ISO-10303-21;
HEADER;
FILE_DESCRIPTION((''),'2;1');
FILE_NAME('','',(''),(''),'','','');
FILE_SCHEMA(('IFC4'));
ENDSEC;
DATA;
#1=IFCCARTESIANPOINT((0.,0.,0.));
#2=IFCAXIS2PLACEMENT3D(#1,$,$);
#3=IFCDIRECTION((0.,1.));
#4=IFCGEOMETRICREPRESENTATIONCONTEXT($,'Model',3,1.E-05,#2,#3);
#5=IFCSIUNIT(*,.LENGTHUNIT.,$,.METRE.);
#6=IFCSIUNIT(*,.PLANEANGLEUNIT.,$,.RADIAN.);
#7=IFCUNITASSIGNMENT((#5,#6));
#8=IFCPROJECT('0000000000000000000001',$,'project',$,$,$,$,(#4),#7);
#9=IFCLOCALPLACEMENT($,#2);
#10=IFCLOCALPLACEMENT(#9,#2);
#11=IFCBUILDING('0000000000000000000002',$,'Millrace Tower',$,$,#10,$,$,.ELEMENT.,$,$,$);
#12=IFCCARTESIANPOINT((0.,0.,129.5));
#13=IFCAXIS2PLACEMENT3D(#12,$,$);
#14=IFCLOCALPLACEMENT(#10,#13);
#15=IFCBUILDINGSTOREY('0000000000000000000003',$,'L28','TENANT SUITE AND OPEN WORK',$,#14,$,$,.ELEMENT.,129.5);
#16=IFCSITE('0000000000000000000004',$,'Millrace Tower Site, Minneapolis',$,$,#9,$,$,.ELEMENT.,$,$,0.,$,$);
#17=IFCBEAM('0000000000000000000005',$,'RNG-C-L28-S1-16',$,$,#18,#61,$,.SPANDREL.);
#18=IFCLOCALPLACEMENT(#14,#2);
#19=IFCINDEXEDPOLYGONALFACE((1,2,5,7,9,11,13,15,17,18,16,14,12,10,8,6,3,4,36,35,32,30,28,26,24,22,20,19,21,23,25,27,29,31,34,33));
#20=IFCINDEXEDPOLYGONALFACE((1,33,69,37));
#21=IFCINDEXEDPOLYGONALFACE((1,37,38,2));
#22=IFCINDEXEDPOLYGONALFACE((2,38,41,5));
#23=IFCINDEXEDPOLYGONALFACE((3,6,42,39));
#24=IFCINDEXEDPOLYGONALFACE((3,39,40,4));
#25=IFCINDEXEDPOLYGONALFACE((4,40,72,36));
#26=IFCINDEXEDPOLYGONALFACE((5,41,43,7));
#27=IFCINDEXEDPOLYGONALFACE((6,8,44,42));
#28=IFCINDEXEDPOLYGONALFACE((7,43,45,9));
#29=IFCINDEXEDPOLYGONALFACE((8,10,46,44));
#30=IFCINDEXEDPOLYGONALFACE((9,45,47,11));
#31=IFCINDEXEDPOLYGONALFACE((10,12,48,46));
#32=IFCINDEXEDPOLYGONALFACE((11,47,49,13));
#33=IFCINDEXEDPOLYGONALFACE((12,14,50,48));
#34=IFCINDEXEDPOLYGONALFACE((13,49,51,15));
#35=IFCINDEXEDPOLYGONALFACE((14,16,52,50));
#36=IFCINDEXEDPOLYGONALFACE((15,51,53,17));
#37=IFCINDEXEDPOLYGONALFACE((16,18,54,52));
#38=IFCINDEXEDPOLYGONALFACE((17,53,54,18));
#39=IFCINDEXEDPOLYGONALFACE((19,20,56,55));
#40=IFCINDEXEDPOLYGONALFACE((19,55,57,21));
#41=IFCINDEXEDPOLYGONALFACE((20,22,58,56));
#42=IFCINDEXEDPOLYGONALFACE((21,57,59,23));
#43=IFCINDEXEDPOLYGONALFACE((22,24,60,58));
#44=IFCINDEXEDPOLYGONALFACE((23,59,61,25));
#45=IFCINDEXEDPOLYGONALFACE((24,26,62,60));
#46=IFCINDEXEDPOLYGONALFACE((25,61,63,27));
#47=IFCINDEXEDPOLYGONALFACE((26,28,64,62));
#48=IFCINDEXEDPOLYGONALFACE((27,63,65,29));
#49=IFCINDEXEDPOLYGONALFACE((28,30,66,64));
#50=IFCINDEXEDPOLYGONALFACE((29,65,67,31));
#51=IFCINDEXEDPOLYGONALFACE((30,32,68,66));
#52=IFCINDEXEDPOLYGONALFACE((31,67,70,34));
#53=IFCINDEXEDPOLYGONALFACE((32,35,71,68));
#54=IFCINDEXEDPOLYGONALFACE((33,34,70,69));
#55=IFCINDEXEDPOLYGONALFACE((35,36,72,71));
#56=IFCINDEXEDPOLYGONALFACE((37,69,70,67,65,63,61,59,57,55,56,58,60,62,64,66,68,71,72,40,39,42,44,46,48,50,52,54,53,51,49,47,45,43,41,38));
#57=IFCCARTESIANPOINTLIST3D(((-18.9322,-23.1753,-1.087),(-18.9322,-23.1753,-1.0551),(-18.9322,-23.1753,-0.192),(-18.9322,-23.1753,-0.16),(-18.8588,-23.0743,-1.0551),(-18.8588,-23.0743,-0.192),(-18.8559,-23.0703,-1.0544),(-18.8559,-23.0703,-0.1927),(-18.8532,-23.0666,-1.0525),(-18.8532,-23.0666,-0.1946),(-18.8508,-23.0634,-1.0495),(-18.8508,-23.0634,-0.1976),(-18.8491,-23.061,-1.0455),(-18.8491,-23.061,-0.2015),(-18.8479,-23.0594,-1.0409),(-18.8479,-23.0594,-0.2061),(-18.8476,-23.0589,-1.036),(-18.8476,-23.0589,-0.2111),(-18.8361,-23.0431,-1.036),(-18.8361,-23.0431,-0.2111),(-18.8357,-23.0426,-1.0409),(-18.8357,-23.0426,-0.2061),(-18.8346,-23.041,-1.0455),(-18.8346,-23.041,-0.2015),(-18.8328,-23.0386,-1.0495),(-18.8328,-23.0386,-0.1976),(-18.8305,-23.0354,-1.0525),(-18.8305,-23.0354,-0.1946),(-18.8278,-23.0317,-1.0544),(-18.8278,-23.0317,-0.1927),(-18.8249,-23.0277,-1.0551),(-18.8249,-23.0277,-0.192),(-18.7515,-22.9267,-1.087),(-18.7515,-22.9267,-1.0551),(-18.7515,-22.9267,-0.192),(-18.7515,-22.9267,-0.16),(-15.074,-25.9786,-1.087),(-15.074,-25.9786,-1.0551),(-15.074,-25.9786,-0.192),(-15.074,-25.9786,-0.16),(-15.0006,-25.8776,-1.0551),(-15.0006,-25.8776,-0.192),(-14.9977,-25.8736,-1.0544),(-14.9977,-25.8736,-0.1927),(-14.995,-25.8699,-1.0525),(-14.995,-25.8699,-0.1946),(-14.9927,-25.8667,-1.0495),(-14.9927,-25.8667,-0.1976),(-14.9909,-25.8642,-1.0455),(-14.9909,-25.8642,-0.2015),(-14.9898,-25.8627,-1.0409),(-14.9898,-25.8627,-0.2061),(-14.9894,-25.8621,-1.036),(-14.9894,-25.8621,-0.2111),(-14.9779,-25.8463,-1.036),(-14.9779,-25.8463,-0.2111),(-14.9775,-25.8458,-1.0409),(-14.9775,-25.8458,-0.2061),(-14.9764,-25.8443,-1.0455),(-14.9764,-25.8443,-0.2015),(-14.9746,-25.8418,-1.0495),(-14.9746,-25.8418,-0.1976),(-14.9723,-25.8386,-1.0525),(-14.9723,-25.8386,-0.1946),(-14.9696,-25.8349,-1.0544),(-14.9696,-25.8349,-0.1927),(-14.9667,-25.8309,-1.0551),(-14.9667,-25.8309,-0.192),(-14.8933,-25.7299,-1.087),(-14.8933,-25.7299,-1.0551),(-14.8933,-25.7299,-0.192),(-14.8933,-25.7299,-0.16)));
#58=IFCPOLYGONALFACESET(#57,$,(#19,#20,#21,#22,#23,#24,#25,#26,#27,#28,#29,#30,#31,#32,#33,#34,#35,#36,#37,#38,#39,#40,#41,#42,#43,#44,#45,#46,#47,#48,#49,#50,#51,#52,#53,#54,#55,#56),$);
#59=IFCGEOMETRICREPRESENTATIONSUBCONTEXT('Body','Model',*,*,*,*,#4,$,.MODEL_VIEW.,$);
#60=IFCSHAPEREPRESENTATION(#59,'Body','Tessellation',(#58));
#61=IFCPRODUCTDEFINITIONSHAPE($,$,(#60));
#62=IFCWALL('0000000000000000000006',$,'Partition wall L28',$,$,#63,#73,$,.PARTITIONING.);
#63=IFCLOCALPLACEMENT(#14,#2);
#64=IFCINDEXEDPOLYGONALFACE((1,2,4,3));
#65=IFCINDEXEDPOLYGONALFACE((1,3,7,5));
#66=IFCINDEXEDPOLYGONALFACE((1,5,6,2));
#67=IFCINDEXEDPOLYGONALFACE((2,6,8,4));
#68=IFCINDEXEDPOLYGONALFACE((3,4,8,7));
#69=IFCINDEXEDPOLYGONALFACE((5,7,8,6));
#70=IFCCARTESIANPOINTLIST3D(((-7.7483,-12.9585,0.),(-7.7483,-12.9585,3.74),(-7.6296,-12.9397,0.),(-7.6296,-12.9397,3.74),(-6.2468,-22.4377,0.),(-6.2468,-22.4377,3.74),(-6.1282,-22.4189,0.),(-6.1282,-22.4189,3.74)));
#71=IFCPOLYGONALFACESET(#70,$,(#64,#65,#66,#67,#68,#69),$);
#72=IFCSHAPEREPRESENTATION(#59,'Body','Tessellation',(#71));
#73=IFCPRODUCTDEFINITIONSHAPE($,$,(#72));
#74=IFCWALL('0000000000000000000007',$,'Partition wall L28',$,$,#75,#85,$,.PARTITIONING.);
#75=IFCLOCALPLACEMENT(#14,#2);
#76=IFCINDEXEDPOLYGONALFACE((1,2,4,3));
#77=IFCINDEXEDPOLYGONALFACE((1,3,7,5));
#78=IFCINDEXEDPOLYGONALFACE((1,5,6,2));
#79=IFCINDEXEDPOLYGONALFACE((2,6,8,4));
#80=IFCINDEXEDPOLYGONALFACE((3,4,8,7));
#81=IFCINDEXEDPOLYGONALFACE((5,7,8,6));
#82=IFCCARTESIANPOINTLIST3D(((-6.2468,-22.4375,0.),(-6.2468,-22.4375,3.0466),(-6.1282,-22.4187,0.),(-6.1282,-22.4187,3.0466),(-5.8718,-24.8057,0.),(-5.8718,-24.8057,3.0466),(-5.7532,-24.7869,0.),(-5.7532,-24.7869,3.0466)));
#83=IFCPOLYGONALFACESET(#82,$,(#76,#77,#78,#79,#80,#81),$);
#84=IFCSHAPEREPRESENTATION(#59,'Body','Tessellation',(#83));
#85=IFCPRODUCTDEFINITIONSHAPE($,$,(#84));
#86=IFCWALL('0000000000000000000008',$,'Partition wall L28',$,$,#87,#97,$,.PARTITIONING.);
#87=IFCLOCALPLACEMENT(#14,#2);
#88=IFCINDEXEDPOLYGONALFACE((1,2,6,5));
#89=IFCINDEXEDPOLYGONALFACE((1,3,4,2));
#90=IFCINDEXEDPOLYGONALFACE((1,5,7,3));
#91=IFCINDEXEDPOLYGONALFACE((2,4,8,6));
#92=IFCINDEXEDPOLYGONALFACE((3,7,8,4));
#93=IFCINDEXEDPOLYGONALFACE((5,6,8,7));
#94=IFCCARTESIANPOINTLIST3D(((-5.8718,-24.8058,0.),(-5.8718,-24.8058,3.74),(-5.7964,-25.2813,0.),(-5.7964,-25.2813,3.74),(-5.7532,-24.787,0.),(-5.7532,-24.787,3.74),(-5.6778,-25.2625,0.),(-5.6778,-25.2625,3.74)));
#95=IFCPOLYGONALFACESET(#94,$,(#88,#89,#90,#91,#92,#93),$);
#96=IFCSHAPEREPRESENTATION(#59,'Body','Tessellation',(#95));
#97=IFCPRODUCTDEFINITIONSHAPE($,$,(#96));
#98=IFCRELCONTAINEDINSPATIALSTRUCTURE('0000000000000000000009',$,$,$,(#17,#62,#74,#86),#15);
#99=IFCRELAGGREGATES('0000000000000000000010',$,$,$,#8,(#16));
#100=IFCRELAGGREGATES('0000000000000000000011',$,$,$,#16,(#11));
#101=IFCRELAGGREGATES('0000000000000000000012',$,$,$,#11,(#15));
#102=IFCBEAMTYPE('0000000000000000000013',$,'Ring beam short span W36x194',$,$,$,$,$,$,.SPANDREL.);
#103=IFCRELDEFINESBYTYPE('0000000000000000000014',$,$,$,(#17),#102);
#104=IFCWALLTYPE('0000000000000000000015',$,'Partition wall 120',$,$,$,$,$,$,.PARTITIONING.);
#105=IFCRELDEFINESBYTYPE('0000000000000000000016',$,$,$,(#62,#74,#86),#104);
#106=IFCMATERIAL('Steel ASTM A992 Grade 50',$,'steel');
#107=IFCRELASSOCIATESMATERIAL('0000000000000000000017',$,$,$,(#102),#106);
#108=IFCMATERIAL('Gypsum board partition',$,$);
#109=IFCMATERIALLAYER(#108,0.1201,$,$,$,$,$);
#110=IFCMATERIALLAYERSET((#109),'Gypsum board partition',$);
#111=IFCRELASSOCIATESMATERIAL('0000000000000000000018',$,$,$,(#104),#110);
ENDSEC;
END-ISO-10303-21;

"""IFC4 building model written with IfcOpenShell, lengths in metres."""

from ifc_helpers import new_model, si_unit, direction, frame, frame_2d, origin, origin_2d, place, context, subcontext, project, spatial, rectangle, i_section, extrude, material, layer, layer_set, material_profile, profile_set, type_object, element, save


model = new_model("IFC4")

# Units and contexts
model_context = context("Model", 3, precision=1e-05, world=origin(), true_north=direction((0.0, 1.0)))
body_context = subcontext(model_context, "Body", "Model", "MODEL_VIEW")
ifc_project = project(units=[si_unit("LENGTHUNIT", "METRE"), si_unit("PLANEANGLEUNIT", "RADIAN")], contexts=[model_context])

# Site, building, storey
site_placement = place(None, origin())
site = spatial("IfcSite", under=ifc_project, at=site_placement, Name="Millrace Tower Site, Minneapolis", CompositionType="ELEMENT", RefElevation=0.0)
building_placement = place(site_placement, origin())
building = spatial("IfcBuilding", under=site, at=building_placement, Name="Millrace Tower", CompositionType="ELEMENT")
storey_placement = place(building_placement, frame((0.0, 0.0, 129.5)))
storey = spatial("IfcBuildingStorey", under=building, at=storey_placement, Name="L28", Description="TENANT SUITE AND OPEN WORK", CompositionType="ELEMENT", Elevation=129.5)

# Beam
ifc_material_1 = material(Name="Steel ASTM A992 Grade 50", Category="steel")
ifc_material_profile_1 = material_profile(ifc_material_1, i_section(OverallWidth=0.3074, OverallDepth=0.927, WebThickness=0.0195, FlangeThickness=0.032, FilletRadius=0.019, at=origin_2d()))
ifc_profile_set_1 = profile_set([ifc_material_profile_1], Name="Steel ASTM A992 Grade 50")
beam_type_1 = type_object("IfcBeamType", Name="Ring beam short span W36x194", PredefinedType="SPANDREL", material=ifc_profile_set_1)
beam_1_placement = place(storey_placement, frame((-14.9836, -25.8542, -0.6235), z_axis=(-0.809006, 0.5878, 0.0), x_axis=(-0.5878, -0.809006, 0.0)))
element("IfcBeam", 1, at=beam_1_placement, inside=storey, type_object=beam_type_1, Name="RNG-C-L28-S1-16", PredefinedType="SPANDREL", context=body_context, shape_type="SweptSolid", body=[
    extrude(i_section(OverallWidth=0.3074, OverallDepth=0.927, WebThickness=0.0195, FlangeThickness=0.032, FilletRadius=0.019, at=origin_2d()), origin(), (0.0, 0.0, 1.0), 4.769),
])

# Walls
ifc_material_2 = material(Name="Gypsum board partition")
ifc_layer_1 = layer(ifc_material_2, 0.1201)
ifc_layer_set_1 = layer_set([ifc_layer_1], Name="Gypsum board partition")
wall_type = type_object("IfcWallType", Name="Partition wall 120", PredefinedType="PARTITIONING", material=ifc_layer_set_1)
wall_1_placement = place(storey_placement, frame((-7.689, -12.949, 0.0), z_axis=(0.0, 0.0, 1.0), x_axis=(0.156445, -0.987687, 0.0)))
element("IfcWall", 2, at=wall_1_placement, inside=storey, type_object=wall_type, Name="Partition wall L28", PredefinedType="PARTITIONING", context=body_context, shape_type="SweptSolid", body=[
    extrude(rectangle(XDim=9.5974, YDim=0.1201, at=frame_2d((4.7988, 0.0))), origin(), (0.0, 0.0, 1.0), 3.74),
])
wall_2_placement = place(storey_placement, frame((-6.1875, -22.4282, 0.0), z_axis=(0.0, 0.0, 1.0), x_axis=(0.156402, -0.987694, 0.0)))
element("IfcWall", 3, at=wall_2_placement, inside=storey, type_object=wall_type, Name="Partition wall L28", PredefinedType="PARTITIONING", context=body_context, shape_type="SweptSolid", body=[
    extrude(rectangle(XDim=2.3977, YDim=0.1201, at=frame_2d((1.1987, 0.0))), origin(), (0.0, 0.0, 1.0), 3.0466),
])
wall_3_placement = place(storey_placement, frame((-5.8125, -24.7964, 0.0), z_axis=(0.0, 0.0, 1.0), x_axis=(0.156665, -0.987652, 0.0)))
element("IfcWall", 4, at=wall_3_placement, inside=storey, type_object=wall_type, Name="Partition wall L28", PredefinedType="PARTITIONING", context=body_context, shape_type="SweptSolid", body=[
    extrude(rectangle(XDim=0.4814, YDim=0.1201, at=frame_2d((0.2407, 0.0))), origin(), (0.0, 0.0, 1.0), 3.74),
])

save(model, "model.ifc")
